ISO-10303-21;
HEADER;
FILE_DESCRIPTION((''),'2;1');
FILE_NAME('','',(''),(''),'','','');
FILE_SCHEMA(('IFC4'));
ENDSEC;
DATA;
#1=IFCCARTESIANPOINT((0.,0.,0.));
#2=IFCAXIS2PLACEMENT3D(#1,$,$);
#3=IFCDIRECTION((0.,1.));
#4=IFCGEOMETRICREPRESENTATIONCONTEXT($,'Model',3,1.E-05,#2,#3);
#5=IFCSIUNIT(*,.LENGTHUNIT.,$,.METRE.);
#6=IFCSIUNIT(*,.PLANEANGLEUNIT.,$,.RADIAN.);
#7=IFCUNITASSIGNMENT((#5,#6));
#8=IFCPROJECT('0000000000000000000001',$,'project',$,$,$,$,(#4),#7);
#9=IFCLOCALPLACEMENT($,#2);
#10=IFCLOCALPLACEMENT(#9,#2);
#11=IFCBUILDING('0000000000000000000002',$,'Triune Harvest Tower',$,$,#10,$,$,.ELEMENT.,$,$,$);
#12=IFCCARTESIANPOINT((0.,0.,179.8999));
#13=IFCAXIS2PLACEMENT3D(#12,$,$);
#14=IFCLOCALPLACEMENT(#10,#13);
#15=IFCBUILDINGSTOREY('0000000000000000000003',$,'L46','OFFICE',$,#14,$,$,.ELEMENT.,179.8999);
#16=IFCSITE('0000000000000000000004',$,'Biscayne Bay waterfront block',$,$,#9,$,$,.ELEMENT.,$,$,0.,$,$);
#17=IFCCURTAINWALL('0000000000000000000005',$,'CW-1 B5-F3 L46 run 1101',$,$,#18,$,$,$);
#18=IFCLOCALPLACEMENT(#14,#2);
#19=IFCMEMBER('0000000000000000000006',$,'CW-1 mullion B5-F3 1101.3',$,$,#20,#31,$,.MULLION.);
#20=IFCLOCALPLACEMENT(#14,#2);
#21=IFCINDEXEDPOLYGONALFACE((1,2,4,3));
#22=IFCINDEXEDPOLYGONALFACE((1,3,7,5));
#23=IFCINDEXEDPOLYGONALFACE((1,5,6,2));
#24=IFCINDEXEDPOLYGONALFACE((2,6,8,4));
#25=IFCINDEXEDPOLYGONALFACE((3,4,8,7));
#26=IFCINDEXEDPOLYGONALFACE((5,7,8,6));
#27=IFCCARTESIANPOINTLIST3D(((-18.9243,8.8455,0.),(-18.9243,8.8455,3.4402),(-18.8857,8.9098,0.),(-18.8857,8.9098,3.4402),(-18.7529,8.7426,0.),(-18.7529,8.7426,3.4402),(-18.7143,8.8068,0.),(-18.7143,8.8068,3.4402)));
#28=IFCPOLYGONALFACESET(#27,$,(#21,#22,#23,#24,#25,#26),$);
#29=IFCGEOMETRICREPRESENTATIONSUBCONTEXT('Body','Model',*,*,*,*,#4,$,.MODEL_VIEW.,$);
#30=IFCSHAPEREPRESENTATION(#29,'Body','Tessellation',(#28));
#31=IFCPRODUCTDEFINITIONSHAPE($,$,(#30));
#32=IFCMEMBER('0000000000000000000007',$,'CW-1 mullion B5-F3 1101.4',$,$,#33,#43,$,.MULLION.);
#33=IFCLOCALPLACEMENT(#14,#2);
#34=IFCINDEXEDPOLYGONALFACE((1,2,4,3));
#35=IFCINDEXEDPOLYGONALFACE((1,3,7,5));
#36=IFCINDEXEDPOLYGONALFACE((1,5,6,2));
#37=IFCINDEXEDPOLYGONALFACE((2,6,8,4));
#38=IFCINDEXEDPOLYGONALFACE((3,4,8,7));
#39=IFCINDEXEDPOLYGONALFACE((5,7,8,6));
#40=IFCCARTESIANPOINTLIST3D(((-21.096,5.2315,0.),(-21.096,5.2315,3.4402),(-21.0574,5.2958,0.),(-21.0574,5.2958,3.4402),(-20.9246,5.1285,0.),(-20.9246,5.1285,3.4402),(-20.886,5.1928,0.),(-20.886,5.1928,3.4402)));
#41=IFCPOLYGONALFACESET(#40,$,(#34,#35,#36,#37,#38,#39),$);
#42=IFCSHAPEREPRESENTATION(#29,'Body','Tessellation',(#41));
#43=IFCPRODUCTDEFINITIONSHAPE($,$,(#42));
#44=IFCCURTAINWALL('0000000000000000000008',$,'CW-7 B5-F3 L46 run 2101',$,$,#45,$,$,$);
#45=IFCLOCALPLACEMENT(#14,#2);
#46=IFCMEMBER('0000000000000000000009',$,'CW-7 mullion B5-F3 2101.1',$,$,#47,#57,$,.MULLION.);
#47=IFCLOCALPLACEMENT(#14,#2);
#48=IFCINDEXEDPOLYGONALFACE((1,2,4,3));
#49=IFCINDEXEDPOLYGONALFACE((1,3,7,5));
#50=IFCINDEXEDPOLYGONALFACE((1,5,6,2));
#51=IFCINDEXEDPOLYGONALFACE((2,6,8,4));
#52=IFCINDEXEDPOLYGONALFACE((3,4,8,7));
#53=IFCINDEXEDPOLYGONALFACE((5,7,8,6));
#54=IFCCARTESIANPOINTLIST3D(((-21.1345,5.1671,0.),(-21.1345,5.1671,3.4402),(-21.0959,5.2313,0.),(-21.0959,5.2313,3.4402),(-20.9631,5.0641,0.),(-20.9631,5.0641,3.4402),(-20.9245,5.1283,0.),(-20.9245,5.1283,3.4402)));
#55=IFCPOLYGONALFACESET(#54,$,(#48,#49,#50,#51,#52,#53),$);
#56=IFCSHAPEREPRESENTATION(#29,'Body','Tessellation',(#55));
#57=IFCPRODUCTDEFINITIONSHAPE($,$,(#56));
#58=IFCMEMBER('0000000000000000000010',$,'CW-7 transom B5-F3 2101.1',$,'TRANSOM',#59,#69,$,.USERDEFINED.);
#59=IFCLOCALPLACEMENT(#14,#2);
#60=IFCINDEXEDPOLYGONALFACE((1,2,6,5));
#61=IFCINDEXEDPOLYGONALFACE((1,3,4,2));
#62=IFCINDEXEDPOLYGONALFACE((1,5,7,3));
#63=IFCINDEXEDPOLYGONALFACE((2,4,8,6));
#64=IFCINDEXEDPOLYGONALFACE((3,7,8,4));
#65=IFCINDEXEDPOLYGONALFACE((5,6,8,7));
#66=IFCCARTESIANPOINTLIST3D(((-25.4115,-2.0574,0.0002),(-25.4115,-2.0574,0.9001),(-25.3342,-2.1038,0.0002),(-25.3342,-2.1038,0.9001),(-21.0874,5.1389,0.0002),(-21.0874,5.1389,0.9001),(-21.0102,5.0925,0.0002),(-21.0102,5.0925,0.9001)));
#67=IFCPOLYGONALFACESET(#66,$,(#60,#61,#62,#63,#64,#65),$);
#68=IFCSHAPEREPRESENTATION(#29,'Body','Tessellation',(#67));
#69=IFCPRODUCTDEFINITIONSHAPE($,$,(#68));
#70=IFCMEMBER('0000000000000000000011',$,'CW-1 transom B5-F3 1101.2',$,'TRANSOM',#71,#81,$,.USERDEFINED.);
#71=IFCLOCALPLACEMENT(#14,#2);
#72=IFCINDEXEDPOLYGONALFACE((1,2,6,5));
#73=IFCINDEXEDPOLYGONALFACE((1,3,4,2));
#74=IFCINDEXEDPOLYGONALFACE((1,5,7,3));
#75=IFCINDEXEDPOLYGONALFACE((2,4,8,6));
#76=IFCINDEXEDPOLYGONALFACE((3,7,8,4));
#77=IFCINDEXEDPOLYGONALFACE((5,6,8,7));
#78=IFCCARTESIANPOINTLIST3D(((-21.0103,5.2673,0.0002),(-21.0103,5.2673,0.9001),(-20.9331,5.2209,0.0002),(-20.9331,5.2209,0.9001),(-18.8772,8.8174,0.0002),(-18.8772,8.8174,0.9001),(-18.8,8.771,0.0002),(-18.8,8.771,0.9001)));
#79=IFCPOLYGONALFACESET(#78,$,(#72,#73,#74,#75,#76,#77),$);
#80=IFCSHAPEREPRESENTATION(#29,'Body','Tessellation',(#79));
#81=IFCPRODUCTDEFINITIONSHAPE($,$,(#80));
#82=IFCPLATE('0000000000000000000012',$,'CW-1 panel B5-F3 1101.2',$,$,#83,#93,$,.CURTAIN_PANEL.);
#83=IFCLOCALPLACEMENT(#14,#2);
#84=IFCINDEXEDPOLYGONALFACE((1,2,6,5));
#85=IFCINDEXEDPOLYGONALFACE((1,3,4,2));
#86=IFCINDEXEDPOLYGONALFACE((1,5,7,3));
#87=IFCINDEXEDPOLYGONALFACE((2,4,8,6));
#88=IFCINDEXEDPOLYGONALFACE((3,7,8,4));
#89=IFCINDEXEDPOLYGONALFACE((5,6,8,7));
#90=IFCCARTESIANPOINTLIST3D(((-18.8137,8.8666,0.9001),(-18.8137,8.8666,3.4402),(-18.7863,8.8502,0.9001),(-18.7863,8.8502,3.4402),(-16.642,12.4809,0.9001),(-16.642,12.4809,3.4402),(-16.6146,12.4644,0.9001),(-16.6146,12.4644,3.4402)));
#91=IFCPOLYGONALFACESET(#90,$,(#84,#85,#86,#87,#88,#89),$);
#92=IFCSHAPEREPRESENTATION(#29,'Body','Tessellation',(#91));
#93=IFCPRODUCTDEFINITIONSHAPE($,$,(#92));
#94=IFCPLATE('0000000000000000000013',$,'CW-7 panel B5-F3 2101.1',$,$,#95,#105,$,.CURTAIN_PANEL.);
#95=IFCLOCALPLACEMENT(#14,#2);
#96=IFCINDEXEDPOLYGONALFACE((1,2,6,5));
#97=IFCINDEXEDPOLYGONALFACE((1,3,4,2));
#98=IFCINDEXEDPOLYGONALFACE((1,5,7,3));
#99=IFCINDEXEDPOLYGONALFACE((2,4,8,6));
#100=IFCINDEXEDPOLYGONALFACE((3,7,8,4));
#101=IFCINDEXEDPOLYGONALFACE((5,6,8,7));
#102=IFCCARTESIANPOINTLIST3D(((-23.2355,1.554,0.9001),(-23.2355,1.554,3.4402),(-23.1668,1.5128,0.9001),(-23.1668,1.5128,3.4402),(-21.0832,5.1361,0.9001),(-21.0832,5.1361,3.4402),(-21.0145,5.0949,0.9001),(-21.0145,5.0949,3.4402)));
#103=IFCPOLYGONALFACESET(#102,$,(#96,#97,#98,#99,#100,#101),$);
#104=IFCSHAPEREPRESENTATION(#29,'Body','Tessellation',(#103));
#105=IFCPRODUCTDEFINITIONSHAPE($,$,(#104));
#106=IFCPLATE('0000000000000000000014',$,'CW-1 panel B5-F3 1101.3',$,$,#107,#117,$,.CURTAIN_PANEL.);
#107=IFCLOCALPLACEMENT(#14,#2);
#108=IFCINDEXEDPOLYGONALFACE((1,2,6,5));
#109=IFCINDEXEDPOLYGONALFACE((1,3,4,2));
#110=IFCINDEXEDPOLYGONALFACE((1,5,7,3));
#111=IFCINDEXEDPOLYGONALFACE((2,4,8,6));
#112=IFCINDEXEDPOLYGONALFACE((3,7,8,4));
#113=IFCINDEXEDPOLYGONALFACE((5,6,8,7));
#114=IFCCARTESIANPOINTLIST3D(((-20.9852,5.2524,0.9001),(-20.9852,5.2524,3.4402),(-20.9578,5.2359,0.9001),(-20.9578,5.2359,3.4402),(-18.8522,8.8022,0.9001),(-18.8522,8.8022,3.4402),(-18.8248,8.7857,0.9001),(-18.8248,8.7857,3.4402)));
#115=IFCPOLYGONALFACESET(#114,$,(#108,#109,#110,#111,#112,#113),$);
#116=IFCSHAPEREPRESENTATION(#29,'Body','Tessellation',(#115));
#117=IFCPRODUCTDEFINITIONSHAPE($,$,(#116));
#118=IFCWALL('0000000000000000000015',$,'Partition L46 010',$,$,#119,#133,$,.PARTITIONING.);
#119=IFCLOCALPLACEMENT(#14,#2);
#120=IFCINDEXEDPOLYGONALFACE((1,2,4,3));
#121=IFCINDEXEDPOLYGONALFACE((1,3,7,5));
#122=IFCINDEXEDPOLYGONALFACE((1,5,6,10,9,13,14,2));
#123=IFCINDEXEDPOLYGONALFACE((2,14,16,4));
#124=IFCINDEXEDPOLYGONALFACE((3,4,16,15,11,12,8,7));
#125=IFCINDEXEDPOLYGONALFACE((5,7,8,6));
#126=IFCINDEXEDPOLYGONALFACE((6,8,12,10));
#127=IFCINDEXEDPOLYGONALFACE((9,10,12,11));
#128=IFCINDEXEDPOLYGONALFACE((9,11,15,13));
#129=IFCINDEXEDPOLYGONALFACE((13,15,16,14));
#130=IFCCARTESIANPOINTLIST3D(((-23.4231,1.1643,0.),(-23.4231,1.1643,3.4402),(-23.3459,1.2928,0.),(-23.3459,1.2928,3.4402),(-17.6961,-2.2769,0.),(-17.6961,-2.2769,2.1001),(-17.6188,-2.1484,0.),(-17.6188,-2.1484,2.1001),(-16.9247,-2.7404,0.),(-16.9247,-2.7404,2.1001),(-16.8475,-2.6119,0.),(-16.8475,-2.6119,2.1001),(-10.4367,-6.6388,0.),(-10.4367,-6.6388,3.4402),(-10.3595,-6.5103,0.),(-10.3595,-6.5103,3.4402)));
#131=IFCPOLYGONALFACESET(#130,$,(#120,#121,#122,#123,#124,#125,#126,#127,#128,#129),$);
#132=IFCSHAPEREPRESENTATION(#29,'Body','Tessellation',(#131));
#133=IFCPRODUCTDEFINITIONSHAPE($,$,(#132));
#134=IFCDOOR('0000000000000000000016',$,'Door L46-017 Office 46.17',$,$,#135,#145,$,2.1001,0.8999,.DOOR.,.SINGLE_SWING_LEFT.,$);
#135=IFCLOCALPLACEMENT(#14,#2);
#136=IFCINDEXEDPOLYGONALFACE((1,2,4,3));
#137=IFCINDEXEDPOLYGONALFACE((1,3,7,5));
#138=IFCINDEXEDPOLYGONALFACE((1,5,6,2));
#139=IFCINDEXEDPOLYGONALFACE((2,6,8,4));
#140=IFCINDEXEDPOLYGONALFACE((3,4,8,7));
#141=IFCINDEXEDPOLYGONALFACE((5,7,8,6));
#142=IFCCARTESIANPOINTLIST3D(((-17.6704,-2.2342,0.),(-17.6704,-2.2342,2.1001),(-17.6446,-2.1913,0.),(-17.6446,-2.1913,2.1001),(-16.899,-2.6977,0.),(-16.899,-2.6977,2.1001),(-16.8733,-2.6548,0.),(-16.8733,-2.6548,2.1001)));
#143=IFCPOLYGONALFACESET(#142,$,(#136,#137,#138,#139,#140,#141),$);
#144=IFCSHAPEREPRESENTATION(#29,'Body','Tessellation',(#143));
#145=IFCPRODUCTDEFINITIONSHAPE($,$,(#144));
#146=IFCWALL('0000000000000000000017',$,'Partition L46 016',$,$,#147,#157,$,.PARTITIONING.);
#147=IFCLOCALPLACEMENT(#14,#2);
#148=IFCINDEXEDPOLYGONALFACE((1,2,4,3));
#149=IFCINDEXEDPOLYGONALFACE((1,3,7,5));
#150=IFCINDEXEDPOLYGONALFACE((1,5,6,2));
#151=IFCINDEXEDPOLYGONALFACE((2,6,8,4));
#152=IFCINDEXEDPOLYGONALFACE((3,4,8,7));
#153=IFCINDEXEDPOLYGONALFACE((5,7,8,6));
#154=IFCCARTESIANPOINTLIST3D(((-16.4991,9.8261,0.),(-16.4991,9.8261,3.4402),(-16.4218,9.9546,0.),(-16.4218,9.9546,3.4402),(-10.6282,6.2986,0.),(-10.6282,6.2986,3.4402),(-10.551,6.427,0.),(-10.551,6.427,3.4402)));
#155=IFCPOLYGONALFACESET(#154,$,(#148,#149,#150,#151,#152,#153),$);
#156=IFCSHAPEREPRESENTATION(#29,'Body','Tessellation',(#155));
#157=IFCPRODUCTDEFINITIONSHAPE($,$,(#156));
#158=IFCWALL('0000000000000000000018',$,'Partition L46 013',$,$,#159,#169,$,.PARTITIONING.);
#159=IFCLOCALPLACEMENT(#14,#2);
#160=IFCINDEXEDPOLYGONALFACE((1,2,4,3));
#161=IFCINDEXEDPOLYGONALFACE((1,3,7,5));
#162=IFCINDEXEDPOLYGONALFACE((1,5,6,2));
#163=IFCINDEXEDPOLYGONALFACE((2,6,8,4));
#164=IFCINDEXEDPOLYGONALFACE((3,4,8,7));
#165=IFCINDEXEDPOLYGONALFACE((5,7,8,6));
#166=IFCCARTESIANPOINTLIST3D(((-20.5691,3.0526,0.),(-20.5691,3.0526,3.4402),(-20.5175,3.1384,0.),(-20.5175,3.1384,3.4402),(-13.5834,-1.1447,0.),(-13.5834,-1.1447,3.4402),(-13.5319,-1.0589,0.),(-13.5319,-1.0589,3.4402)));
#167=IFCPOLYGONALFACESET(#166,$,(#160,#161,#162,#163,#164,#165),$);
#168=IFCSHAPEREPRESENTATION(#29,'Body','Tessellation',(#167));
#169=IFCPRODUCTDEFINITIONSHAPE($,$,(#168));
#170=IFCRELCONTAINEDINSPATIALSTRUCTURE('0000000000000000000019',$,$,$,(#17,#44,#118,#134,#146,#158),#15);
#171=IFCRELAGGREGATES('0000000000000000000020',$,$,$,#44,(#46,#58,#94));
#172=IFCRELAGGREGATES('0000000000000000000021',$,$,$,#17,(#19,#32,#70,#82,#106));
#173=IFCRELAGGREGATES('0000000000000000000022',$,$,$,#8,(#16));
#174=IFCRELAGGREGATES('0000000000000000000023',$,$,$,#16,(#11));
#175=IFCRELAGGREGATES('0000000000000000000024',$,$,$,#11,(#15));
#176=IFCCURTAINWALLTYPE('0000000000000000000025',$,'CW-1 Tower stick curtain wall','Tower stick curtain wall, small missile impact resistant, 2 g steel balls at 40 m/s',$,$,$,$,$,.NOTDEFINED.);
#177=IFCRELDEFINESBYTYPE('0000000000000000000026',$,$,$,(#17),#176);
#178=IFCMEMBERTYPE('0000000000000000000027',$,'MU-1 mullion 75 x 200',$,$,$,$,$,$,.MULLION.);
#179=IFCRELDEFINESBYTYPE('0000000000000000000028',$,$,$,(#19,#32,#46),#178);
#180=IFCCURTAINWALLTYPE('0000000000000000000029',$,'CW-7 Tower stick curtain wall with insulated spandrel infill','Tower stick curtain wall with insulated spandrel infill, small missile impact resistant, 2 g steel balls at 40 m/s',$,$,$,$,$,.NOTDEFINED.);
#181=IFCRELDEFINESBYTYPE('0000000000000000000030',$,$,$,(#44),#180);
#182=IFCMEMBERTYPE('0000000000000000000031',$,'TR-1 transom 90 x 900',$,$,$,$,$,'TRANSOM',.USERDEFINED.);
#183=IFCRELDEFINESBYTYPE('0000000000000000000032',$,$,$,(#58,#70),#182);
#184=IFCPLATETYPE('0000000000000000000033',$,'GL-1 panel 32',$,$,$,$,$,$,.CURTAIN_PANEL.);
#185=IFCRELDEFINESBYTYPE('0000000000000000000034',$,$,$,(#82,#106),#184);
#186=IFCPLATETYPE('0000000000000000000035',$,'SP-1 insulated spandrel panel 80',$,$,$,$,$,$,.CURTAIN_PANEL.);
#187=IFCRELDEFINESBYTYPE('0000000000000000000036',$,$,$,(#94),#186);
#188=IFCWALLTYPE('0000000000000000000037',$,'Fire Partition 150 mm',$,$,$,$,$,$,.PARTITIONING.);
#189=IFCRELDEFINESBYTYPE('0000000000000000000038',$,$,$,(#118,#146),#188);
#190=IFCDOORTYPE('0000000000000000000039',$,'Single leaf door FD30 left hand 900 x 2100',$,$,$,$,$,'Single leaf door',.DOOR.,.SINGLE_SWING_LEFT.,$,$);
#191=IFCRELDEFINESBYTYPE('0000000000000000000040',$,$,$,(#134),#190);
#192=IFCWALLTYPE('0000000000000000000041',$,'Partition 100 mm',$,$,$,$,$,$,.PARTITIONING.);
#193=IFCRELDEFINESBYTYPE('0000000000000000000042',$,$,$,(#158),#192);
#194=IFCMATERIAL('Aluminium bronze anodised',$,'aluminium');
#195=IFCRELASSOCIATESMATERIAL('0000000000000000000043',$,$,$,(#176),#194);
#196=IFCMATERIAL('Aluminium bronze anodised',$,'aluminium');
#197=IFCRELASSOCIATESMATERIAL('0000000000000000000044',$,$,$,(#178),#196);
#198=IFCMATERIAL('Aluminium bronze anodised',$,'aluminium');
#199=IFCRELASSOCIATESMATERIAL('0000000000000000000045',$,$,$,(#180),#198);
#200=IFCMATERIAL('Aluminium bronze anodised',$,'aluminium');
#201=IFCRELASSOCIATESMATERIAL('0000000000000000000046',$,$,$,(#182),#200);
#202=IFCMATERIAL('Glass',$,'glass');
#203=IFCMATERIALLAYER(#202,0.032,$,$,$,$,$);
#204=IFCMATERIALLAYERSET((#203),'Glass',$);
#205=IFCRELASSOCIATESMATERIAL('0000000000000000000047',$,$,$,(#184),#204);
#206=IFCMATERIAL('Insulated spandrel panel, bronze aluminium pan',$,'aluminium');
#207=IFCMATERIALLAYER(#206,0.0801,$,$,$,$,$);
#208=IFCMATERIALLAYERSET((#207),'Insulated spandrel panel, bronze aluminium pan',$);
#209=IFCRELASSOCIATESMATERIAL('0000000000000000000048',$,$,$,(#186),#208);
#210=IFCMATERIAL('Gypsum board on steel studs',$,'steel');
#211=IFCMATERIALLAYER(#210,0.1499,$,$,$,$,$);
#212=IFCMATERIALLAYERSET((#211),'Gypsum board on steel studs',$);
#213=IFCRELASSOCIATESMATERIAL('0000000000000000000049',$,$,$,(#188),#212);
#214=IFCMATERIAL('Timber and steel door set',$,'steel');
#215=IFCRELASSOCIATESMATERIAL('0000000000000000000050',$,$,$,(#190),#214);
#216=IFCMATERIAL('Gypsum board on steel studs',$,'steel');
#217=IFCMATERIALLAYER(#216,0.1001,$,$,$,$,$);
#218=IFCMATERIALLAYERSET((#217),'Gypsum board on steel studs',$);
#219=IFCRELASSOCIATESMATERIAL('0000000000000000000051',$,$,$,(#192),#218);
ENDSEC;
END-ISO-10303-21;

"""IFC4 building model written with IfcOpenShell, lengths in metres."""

from ifc_helpers import new_model, si_unit, direction, frame, frame_2d, origin, origin_2d, place, context, subcontext, project, spatial, rectangle, extrude, source, transform, mapped, material, layer, layer_set, material_profile, profile_set, type_object, element, fill, aggregate, save


model = new_model("IFC4")

# Units and contexts
model_context = context("Model", 3, precision=1e-05, world=origin(), true_north=direction((0.0, 1.0)))
body_context = subcontext(model_context, "Body", "Model", "MODEL_VIEW")
ifc_project = project(units=[si_unit("LENGTHUNIT", "METRE"), si_unit("PLANEANGLEUNIT", "RADIAN")], contexts=[model_context])

# Site, building, storey
site_placement = place(None, origin())
site = spatial("IfcSite", under=ifc_project, at=site_placement, Name="Biscayne Bay waterfront block", CompositionType="ELEMENT", RefElevation=0.0)
building_placement = place(site_placement, origin())
building = spatial("IfcBuilding", under=site, at=building_placement, Name="Triune Harvest Tower", CompositionType="ELEMENT")
storey_placement = place(building_placement, frame((0.0, 0.0, 179.8999)))
storey = spatial("IfcBuildingStorey", under=building, at=storey_placement, Name="L46", Description="OFFICE", CompositionType="ELEMENT", Elevation=179.8999)

# Curtain walls, members
ifc_material_1 = material(Name="Aluminium bronze anodised", Category="aluminium")
curtain_wall_type_1 = type_object("IfcCurtainWallType", Name="CW-1 Tower stick curtain wall", Description="Tower stick curtain wall, small missile impact resistant, 2 g steel balls at 40 m/s", PredefinedType="NOTDEFINED", material=ifc_material_1)
curtain_wall_1_placement = place(storey_placement, origin())
curtain_wall_1 = element("IfcCurtainWall", 1, at=curtain_wall_1_placement, inside=storey, type_object=curtain_wall_type_1, Name="CW-1 B5-F3 L46 run 1101")
ifc_material_2 = material(Name="Aluminium bronze anodised", Category="aluminium")
ifc_material_profile_1 = material_profile(ifc_material_2, rectangle(XDim=0.2, YDim=0.075, at=origin_2d()), Name="MU-1 mullion 75 x 200")
ifc_profile_set_1 = profile_set([ifc_material_profile_1], Name="Aluminium bronze anodised")
member_type_1 = type_object("IfcMemberType", Name="MU-1 mullion 75 x 200", PredefinedType="MULLION", material=ifc_profile_set_1)
shared_shape_1 = source(origin(), body_context, "Body", "SweptSolid", [
    extrude(rectangle(XDim=0.2, YDim=0.075, at=origin_2d()), origin(), (0.0, 0.0, 1.0), 3.4402),
])
member_1_placement = place(storey_placement, frame((-18.8193, 8.8262, 0.0), z_axis=(0.0, 0.0, 1.0), x_axis=(0.857164, -0.515043, 0.0)))
member_1 = element("IfcMember", 2, at=member_1_placement, type_object=member_type_1, Name="CW-1 mullion B5-F3 1101.3", PredefinedType="MULLION", context=body_context, shape_type="MappedRepresentation", body=[
    mapped(shared_shape_1, transform((0.0, 0.0, 0.0), scale=1.0)),
])
member_2_placement = place(storey_placement, frame((-20.991, 5.2122, 0.0), z_axis=(0.0, 0.0, 1.0), x_axis=(0.857164, -0.515043, 0.0)))
member_2 = element("IfcMember", 3, at=member_2_placement, type_object=member_type_1, Name="CW-1 mullion B5-F3 1101.4", PredefinedType="MULLION", context=body_context, shape_type="MappedRepresentation", body=[
    mapped(shared_shape_1, transform((0.0, 0.0, 0.0), scale=1.0)),
])
ifc_material_3 = material(Name="Aluminium bronze anodised", Category="aluminium")
curtain_wall_type_2 = type_object("IfcCurtainWallType", Name="CW-7 Tower stick curtain wall with insulated spandrel infill", Description="Tower stick curtain wall with insulated spandrel infill, small missile impact resistant, 2 g steel balls at 40 m/s", PredefinedType="NOTDEFINED", material=ifc_material_3)
curtain_wall_2_placement = place(storey_placement, origin())
curtain_wall_2 = element("IfcCurtainWall", 4, at=curtain_wall_2_placement, inside=storey, type_object=curtain_wall_type_2, Name="CW-7 B5-F3 L46 run 2101")
member_3_placement = place(storey_placement, frame((-21.0295, 5.1477, 0.0), z_axis=(0.0, 0.0, 1.0), x_axis=(0.85717, -0.515034, 0.0)))
member_3 = element("IfcMember", 5, at=member_3_placement, type_object=member_type_1, Name="CW-7 mullion B5-F3 2101.1", PredefinedType="MULLION", context=body_context, shape_type="MappedRepresentation", body=[
    mapped(shared_shape_1, transform((0.0, 0.0, 0.0), scale=1.0)),
])
ifc_material_4 = material(Name="Aluminium bronze anodised", Category="aluminium")
ifc_material_profile_2 = material_profile(ifc_material_4, rectangle(XDim=0.0901, YDim=0.8999, at=origin_2d()), Name="TR-1 transom 90 x 900")
ifc_profile_set_2 = profile_set([ifc_material_profile_2], Name="Aluminium bronze anodised")
member_type_2 = type_object("IfcMemberType", Name="TR-1 transom 90 x 900", ElementType="TRANSOM", PredefinedType="USERDEFINED", material=ifc_profile_set_2)
shared_shape_2 = source(origin(), body_context, "Body", "SweptSolid", [
    extrude(rectangle(XDim=0.0901, YDim=0.8999, at=origin_2d()), origin(), (0.0, 0.0, 1.0), 8.3955),
])
member_4_placement = place(storey_placement, frame((-21.0488, 5.1157, 0.4502), z_axis=(-0.515039, -0.857167, 0.0), x_axis=(0.857167, -0.515039, 0.0)))
member_4 = element("IfcMember", 6, at=member_4_placement, type_object=member_type_2, Name="CW-7 transom B5-F3 2101.1", ObjectType="TRANSOM", PredefinedType="USERDEFINED", context=body_context, shape_type="MappedRepresentation", body=[
    mapped(shared_shape_2, transform((0.0, 0.0, 0.0), scale=1.0)),
])

# Member
shared_shape_3 = source(origin(), body_context, "Body", "SweptSolid", [
    extrude(rectangle(XDim=0.0901, YDim=0.8999, at=origin_2d()), origin(), (0.0, 0.0, 1.0), 4.1416),
])
member_5_placement = place(storey_placement, frame((-18.8386, 8.7942, 0.4502), z_axis=(-0.515033, -0.85717, 0.0), x_axis=(0.85717, -0.515033, 0.0)))
member_5 = element("IfcMember", 7, at=member_5_placement, type_object=member_type_2, Name="CW-1 transom B5-F3 1101.2", ObjectType="TRANSOM", PredefinedType="USERDEFINED", context=body_context, shape_type="MappedRepresentation", body=[
    mapped(shared_shape_3, transform((0.0, 0.0, 0.0), scale=1.0)),
])

# Plates
ifc_material_5 = material(Name="Glass", Category="glass")
ifc_layer_1 = layer(ifc_material_5, 0.032)
ifc_layer_set_1 = layer_set([ifc_layer_1], Name="Glass")
plate_type_1 = type_object("IfcPlateType", Name="GL-1 panel 32", PredefinedType="CURTAIN_PANEL", material=ifc_layer_set_1)
plate_1_placement = place(storey_placement, frame((-17.7141, 10.6655, 0.9001), z_axis=(0.0, 0.0, 1.0), x_axis=(-0.515043, -0.857164, 0.0)))
plate_1 = element("IfcPlate", 8, at=plate_1_placement, type_object=plate_type_1, Name="CW-1 panel B5-F3 1101.2", PredefinedType="CURTAIN_PANEL", context=body_context, shape_type="SweptSolid", body=[
    extrude(rectangle(XDim=4.2166, YDim=0.032, at=origin_2d()), origin(), (0.0, 0.0, 1.0), 2.54),
])
ifc_material_6 = material(Name="Insulated spandrel panel, bronze aluminium pan", Category="aluminium")
ifc_layer_2 = layer(ifc_material_6, 0.0801)
ifc_layer_set_2 = layer_set([ifc_layer_2], Name="Insulated spandrel panel, bronze aluminium pan")
plate_type_2 = type_object("IfcPlateType", Name="SP-1 insulated spandrel panel 80", PredefinedType="CURTAIN_PANEL", material=ifc_layer_set_2)
shared_shape_4 = source(origin(), body_context, "Body", "SweptSolid", [
    extrude(rectangle(XDim=4.179, YDim=0.0801, at=origin_2d()), origin(), (0.0, 0.0, 1.0), 2.54),
])
plate_2_placement = place(storey_placement, frame((-22.125, 3.3245, 0.9001), z_axis=(0.0, 0.0, 1.0), x_axis=(-0.515034, -0.85717, 0.0)))
plate_2 = element("IfcPlate", 9, at=plate_2_placement, type_object=plate_type_2, Name="CW-7 panel B5-F3 2101.1", PredefinedType="CURTAIN_PANEL", context=body_context, shape_type="MappedRepresentation", body=[
    mapped(shared_shape_4, transform((0.0, 0.0, 0.0), scale=1.0)),
])
aggregate(curtain_wall_2, [member_3, member_4, plate_2])
shared_shape_5 = source(origin(), body_context, "Body", "SweptSolid", [
    extrude(rectangle(XDim=4.1414, YDim=0.032, at=origin_2d()), origin(), (0.0, 0.0, 1.0), 2.54),
])
plate_3_placement = place(storey_placement, frame((-19.905, 7.019, 0.9001), z_axis=(0.0, 0.0, 1.0), x_axis=(-0.515043, -0.857164, 0.0)))
plate_3 = element("IfcPlate", 10, at=plate_3_placement, type_object=plate_type_1, Name="CW-1 panel B5-F3 1101.3", PredefinedType="CURTAIN_PANEL", context=body_context, shape_type="MappedRepresentation", body=[
    mapped(shared_shape_5, transform((0.0, 0.0, 0.0), scale=1.0)),
])
aggregate(curtain_wall_1, [member_1, member_2, member_5, plate_1, plate_3])

# Wall, opening, door
ifc_material_7 = material(Name="Gypsum board on steel studs", Category="steel")
ifc_layer_3 = layer(ifc_material_7, 0.1499)
ifc_layer_set_3 = layer_set([ifc_layer_3], Name="Gypsum board on steel studs")
wall_type_1 = type_object("IfcWallType", Name="Fire Partition 150 mm", PredefinedType="PARTITIONING", material=ifc_layer_set_3)
wall_1_placement = place(storey_placement, frame((-23.3845, 1.2285, 0.0), z_axis=(0.0, 0.0, 1.0), x_axis=(0.857167, -0.515038, 0.0)))
wall_1 = element("IfcWall", 11, at=wall_1_placement, inside=storey, type_object=wall_type_1, Name="Partition L46 010", PredefinedType="PARTITIONING", context=body_context, shape_type="SweptSolid", body=[
    extrude(rectangle(XDim=15.1504, YDim=0.1499, at=frame_2d((7.5752, 0.0))), origin(), (0.0, 0.0, 1.0), 3.4402),
])
opening_placement = place(wall_1_placement, frame((6.6814, 0.0, 0.0)))
opening = element("IfcOpeningElement", 12, at=opening_placement, cuts=wall_1, PredefinedType="OPENING", context=body_context, shape_type="SweptSolid", body=[
    extrude(rectangle(XDim=0.8999, YDim=2.1001, at=frame_2d((0.45, 1.05))), frame((0.0, 0.085, 0.0), z_axis=(0.0, -1.0, 0.0), x_axis=(1.0, 0.0, 0.0)), (0.0, 0.0, 1.0), 0.1699),
])
ifc_material_8 = material(Name="Timber and steel door set", Category="steel")
door_type = type_object("IfcDoorType", Name="Single leaf door FD30 left hand 900 x 2100", ElementType="Single leaf door", OperationType="SINGLE_SWING_LEFT", PredefinedType="DOOR", material=ifc_material_8)
door_placement = place(opening_placement, origin())
door = element("IfcDoor", 13, at=door_placement, inside=storey, type_object=door_type, Name="Door L46-017 Office 46.17", OperationType="SINGLE_SWING_LEFT", OverallHeight=2.1001, OverallWidth=0.8999, PredefinedType="DOOR", context=body_context, shape_type="SweptSolid", body=[
    extrude(rectangle(XDim=0.8999, YDim=2.1001, at=frame_2d((0.45, 1.05))), frame((0.0, 0.0249, 0.0), z_axis=(0.0, -1.0, 0.0), x_axis=(1.0, 0.0, 0.0)), (0.0, 0.0, 1.0), 0.05),
])
fill(opening, door)

# Walls
wall_2_placement = place(storey_placement, frame((-16.4604, 9.8904, 0.0), z_axis=(0.0, 0.0, 1.0), x_axis=(0.857166, -0.515041, 0.0)))
element("IfcWall", 14, at=wall_2_placement, inside=storey, type_object=wall_type_1, Name="Partition L46 016", PredefinedType="PARTITIONING", context=body_context, shape_type="SweptSolid", body=[
    extrude(rectangle(XDim=6.8491, YDim=0.1499, at=frame_2d((3.4246, 0.0))), origin(), (0.0, 0.0, 1.0), 3.4402),
])
ifc_material_9 = material(Name="Gypsum board on steel studs", Category="steel")
ifc_layer_4 = layer(ifc_material_9, 0.1001)
ifc_layer_set_4 = layer_set([ifc_layer_4], Name="Gypsum board on steel studs")
wall_type_2 = type_object("IfcWallType", Name="Partition 100 mm", PredefinedType="PARTITIONING", material=ifc_layer_set_4)
wall_3_placement = place(storey_placement, frame((-20.5432, 3.0955, 0.0), z_axis=(0.0, 0.0, 1.0), x_axis=(0.857173, -0.515029, 0.0)))
element("IfcWall", 15, at=wall_3_placement, inside=storey, type_object=wall_type_2, Name="Partition L46 013", PredefinedType="PARTITIONING", context=body_context, shape_type="SweptSolid", body=[
    extrude(rectangle(XDim=8.1497, YDim=0.1001, at=frame_2d((4.0747, 0.0))), origin(), (0.0, 0.0, 1.0), 3.4402),
])

save(model, "model.ifc")
